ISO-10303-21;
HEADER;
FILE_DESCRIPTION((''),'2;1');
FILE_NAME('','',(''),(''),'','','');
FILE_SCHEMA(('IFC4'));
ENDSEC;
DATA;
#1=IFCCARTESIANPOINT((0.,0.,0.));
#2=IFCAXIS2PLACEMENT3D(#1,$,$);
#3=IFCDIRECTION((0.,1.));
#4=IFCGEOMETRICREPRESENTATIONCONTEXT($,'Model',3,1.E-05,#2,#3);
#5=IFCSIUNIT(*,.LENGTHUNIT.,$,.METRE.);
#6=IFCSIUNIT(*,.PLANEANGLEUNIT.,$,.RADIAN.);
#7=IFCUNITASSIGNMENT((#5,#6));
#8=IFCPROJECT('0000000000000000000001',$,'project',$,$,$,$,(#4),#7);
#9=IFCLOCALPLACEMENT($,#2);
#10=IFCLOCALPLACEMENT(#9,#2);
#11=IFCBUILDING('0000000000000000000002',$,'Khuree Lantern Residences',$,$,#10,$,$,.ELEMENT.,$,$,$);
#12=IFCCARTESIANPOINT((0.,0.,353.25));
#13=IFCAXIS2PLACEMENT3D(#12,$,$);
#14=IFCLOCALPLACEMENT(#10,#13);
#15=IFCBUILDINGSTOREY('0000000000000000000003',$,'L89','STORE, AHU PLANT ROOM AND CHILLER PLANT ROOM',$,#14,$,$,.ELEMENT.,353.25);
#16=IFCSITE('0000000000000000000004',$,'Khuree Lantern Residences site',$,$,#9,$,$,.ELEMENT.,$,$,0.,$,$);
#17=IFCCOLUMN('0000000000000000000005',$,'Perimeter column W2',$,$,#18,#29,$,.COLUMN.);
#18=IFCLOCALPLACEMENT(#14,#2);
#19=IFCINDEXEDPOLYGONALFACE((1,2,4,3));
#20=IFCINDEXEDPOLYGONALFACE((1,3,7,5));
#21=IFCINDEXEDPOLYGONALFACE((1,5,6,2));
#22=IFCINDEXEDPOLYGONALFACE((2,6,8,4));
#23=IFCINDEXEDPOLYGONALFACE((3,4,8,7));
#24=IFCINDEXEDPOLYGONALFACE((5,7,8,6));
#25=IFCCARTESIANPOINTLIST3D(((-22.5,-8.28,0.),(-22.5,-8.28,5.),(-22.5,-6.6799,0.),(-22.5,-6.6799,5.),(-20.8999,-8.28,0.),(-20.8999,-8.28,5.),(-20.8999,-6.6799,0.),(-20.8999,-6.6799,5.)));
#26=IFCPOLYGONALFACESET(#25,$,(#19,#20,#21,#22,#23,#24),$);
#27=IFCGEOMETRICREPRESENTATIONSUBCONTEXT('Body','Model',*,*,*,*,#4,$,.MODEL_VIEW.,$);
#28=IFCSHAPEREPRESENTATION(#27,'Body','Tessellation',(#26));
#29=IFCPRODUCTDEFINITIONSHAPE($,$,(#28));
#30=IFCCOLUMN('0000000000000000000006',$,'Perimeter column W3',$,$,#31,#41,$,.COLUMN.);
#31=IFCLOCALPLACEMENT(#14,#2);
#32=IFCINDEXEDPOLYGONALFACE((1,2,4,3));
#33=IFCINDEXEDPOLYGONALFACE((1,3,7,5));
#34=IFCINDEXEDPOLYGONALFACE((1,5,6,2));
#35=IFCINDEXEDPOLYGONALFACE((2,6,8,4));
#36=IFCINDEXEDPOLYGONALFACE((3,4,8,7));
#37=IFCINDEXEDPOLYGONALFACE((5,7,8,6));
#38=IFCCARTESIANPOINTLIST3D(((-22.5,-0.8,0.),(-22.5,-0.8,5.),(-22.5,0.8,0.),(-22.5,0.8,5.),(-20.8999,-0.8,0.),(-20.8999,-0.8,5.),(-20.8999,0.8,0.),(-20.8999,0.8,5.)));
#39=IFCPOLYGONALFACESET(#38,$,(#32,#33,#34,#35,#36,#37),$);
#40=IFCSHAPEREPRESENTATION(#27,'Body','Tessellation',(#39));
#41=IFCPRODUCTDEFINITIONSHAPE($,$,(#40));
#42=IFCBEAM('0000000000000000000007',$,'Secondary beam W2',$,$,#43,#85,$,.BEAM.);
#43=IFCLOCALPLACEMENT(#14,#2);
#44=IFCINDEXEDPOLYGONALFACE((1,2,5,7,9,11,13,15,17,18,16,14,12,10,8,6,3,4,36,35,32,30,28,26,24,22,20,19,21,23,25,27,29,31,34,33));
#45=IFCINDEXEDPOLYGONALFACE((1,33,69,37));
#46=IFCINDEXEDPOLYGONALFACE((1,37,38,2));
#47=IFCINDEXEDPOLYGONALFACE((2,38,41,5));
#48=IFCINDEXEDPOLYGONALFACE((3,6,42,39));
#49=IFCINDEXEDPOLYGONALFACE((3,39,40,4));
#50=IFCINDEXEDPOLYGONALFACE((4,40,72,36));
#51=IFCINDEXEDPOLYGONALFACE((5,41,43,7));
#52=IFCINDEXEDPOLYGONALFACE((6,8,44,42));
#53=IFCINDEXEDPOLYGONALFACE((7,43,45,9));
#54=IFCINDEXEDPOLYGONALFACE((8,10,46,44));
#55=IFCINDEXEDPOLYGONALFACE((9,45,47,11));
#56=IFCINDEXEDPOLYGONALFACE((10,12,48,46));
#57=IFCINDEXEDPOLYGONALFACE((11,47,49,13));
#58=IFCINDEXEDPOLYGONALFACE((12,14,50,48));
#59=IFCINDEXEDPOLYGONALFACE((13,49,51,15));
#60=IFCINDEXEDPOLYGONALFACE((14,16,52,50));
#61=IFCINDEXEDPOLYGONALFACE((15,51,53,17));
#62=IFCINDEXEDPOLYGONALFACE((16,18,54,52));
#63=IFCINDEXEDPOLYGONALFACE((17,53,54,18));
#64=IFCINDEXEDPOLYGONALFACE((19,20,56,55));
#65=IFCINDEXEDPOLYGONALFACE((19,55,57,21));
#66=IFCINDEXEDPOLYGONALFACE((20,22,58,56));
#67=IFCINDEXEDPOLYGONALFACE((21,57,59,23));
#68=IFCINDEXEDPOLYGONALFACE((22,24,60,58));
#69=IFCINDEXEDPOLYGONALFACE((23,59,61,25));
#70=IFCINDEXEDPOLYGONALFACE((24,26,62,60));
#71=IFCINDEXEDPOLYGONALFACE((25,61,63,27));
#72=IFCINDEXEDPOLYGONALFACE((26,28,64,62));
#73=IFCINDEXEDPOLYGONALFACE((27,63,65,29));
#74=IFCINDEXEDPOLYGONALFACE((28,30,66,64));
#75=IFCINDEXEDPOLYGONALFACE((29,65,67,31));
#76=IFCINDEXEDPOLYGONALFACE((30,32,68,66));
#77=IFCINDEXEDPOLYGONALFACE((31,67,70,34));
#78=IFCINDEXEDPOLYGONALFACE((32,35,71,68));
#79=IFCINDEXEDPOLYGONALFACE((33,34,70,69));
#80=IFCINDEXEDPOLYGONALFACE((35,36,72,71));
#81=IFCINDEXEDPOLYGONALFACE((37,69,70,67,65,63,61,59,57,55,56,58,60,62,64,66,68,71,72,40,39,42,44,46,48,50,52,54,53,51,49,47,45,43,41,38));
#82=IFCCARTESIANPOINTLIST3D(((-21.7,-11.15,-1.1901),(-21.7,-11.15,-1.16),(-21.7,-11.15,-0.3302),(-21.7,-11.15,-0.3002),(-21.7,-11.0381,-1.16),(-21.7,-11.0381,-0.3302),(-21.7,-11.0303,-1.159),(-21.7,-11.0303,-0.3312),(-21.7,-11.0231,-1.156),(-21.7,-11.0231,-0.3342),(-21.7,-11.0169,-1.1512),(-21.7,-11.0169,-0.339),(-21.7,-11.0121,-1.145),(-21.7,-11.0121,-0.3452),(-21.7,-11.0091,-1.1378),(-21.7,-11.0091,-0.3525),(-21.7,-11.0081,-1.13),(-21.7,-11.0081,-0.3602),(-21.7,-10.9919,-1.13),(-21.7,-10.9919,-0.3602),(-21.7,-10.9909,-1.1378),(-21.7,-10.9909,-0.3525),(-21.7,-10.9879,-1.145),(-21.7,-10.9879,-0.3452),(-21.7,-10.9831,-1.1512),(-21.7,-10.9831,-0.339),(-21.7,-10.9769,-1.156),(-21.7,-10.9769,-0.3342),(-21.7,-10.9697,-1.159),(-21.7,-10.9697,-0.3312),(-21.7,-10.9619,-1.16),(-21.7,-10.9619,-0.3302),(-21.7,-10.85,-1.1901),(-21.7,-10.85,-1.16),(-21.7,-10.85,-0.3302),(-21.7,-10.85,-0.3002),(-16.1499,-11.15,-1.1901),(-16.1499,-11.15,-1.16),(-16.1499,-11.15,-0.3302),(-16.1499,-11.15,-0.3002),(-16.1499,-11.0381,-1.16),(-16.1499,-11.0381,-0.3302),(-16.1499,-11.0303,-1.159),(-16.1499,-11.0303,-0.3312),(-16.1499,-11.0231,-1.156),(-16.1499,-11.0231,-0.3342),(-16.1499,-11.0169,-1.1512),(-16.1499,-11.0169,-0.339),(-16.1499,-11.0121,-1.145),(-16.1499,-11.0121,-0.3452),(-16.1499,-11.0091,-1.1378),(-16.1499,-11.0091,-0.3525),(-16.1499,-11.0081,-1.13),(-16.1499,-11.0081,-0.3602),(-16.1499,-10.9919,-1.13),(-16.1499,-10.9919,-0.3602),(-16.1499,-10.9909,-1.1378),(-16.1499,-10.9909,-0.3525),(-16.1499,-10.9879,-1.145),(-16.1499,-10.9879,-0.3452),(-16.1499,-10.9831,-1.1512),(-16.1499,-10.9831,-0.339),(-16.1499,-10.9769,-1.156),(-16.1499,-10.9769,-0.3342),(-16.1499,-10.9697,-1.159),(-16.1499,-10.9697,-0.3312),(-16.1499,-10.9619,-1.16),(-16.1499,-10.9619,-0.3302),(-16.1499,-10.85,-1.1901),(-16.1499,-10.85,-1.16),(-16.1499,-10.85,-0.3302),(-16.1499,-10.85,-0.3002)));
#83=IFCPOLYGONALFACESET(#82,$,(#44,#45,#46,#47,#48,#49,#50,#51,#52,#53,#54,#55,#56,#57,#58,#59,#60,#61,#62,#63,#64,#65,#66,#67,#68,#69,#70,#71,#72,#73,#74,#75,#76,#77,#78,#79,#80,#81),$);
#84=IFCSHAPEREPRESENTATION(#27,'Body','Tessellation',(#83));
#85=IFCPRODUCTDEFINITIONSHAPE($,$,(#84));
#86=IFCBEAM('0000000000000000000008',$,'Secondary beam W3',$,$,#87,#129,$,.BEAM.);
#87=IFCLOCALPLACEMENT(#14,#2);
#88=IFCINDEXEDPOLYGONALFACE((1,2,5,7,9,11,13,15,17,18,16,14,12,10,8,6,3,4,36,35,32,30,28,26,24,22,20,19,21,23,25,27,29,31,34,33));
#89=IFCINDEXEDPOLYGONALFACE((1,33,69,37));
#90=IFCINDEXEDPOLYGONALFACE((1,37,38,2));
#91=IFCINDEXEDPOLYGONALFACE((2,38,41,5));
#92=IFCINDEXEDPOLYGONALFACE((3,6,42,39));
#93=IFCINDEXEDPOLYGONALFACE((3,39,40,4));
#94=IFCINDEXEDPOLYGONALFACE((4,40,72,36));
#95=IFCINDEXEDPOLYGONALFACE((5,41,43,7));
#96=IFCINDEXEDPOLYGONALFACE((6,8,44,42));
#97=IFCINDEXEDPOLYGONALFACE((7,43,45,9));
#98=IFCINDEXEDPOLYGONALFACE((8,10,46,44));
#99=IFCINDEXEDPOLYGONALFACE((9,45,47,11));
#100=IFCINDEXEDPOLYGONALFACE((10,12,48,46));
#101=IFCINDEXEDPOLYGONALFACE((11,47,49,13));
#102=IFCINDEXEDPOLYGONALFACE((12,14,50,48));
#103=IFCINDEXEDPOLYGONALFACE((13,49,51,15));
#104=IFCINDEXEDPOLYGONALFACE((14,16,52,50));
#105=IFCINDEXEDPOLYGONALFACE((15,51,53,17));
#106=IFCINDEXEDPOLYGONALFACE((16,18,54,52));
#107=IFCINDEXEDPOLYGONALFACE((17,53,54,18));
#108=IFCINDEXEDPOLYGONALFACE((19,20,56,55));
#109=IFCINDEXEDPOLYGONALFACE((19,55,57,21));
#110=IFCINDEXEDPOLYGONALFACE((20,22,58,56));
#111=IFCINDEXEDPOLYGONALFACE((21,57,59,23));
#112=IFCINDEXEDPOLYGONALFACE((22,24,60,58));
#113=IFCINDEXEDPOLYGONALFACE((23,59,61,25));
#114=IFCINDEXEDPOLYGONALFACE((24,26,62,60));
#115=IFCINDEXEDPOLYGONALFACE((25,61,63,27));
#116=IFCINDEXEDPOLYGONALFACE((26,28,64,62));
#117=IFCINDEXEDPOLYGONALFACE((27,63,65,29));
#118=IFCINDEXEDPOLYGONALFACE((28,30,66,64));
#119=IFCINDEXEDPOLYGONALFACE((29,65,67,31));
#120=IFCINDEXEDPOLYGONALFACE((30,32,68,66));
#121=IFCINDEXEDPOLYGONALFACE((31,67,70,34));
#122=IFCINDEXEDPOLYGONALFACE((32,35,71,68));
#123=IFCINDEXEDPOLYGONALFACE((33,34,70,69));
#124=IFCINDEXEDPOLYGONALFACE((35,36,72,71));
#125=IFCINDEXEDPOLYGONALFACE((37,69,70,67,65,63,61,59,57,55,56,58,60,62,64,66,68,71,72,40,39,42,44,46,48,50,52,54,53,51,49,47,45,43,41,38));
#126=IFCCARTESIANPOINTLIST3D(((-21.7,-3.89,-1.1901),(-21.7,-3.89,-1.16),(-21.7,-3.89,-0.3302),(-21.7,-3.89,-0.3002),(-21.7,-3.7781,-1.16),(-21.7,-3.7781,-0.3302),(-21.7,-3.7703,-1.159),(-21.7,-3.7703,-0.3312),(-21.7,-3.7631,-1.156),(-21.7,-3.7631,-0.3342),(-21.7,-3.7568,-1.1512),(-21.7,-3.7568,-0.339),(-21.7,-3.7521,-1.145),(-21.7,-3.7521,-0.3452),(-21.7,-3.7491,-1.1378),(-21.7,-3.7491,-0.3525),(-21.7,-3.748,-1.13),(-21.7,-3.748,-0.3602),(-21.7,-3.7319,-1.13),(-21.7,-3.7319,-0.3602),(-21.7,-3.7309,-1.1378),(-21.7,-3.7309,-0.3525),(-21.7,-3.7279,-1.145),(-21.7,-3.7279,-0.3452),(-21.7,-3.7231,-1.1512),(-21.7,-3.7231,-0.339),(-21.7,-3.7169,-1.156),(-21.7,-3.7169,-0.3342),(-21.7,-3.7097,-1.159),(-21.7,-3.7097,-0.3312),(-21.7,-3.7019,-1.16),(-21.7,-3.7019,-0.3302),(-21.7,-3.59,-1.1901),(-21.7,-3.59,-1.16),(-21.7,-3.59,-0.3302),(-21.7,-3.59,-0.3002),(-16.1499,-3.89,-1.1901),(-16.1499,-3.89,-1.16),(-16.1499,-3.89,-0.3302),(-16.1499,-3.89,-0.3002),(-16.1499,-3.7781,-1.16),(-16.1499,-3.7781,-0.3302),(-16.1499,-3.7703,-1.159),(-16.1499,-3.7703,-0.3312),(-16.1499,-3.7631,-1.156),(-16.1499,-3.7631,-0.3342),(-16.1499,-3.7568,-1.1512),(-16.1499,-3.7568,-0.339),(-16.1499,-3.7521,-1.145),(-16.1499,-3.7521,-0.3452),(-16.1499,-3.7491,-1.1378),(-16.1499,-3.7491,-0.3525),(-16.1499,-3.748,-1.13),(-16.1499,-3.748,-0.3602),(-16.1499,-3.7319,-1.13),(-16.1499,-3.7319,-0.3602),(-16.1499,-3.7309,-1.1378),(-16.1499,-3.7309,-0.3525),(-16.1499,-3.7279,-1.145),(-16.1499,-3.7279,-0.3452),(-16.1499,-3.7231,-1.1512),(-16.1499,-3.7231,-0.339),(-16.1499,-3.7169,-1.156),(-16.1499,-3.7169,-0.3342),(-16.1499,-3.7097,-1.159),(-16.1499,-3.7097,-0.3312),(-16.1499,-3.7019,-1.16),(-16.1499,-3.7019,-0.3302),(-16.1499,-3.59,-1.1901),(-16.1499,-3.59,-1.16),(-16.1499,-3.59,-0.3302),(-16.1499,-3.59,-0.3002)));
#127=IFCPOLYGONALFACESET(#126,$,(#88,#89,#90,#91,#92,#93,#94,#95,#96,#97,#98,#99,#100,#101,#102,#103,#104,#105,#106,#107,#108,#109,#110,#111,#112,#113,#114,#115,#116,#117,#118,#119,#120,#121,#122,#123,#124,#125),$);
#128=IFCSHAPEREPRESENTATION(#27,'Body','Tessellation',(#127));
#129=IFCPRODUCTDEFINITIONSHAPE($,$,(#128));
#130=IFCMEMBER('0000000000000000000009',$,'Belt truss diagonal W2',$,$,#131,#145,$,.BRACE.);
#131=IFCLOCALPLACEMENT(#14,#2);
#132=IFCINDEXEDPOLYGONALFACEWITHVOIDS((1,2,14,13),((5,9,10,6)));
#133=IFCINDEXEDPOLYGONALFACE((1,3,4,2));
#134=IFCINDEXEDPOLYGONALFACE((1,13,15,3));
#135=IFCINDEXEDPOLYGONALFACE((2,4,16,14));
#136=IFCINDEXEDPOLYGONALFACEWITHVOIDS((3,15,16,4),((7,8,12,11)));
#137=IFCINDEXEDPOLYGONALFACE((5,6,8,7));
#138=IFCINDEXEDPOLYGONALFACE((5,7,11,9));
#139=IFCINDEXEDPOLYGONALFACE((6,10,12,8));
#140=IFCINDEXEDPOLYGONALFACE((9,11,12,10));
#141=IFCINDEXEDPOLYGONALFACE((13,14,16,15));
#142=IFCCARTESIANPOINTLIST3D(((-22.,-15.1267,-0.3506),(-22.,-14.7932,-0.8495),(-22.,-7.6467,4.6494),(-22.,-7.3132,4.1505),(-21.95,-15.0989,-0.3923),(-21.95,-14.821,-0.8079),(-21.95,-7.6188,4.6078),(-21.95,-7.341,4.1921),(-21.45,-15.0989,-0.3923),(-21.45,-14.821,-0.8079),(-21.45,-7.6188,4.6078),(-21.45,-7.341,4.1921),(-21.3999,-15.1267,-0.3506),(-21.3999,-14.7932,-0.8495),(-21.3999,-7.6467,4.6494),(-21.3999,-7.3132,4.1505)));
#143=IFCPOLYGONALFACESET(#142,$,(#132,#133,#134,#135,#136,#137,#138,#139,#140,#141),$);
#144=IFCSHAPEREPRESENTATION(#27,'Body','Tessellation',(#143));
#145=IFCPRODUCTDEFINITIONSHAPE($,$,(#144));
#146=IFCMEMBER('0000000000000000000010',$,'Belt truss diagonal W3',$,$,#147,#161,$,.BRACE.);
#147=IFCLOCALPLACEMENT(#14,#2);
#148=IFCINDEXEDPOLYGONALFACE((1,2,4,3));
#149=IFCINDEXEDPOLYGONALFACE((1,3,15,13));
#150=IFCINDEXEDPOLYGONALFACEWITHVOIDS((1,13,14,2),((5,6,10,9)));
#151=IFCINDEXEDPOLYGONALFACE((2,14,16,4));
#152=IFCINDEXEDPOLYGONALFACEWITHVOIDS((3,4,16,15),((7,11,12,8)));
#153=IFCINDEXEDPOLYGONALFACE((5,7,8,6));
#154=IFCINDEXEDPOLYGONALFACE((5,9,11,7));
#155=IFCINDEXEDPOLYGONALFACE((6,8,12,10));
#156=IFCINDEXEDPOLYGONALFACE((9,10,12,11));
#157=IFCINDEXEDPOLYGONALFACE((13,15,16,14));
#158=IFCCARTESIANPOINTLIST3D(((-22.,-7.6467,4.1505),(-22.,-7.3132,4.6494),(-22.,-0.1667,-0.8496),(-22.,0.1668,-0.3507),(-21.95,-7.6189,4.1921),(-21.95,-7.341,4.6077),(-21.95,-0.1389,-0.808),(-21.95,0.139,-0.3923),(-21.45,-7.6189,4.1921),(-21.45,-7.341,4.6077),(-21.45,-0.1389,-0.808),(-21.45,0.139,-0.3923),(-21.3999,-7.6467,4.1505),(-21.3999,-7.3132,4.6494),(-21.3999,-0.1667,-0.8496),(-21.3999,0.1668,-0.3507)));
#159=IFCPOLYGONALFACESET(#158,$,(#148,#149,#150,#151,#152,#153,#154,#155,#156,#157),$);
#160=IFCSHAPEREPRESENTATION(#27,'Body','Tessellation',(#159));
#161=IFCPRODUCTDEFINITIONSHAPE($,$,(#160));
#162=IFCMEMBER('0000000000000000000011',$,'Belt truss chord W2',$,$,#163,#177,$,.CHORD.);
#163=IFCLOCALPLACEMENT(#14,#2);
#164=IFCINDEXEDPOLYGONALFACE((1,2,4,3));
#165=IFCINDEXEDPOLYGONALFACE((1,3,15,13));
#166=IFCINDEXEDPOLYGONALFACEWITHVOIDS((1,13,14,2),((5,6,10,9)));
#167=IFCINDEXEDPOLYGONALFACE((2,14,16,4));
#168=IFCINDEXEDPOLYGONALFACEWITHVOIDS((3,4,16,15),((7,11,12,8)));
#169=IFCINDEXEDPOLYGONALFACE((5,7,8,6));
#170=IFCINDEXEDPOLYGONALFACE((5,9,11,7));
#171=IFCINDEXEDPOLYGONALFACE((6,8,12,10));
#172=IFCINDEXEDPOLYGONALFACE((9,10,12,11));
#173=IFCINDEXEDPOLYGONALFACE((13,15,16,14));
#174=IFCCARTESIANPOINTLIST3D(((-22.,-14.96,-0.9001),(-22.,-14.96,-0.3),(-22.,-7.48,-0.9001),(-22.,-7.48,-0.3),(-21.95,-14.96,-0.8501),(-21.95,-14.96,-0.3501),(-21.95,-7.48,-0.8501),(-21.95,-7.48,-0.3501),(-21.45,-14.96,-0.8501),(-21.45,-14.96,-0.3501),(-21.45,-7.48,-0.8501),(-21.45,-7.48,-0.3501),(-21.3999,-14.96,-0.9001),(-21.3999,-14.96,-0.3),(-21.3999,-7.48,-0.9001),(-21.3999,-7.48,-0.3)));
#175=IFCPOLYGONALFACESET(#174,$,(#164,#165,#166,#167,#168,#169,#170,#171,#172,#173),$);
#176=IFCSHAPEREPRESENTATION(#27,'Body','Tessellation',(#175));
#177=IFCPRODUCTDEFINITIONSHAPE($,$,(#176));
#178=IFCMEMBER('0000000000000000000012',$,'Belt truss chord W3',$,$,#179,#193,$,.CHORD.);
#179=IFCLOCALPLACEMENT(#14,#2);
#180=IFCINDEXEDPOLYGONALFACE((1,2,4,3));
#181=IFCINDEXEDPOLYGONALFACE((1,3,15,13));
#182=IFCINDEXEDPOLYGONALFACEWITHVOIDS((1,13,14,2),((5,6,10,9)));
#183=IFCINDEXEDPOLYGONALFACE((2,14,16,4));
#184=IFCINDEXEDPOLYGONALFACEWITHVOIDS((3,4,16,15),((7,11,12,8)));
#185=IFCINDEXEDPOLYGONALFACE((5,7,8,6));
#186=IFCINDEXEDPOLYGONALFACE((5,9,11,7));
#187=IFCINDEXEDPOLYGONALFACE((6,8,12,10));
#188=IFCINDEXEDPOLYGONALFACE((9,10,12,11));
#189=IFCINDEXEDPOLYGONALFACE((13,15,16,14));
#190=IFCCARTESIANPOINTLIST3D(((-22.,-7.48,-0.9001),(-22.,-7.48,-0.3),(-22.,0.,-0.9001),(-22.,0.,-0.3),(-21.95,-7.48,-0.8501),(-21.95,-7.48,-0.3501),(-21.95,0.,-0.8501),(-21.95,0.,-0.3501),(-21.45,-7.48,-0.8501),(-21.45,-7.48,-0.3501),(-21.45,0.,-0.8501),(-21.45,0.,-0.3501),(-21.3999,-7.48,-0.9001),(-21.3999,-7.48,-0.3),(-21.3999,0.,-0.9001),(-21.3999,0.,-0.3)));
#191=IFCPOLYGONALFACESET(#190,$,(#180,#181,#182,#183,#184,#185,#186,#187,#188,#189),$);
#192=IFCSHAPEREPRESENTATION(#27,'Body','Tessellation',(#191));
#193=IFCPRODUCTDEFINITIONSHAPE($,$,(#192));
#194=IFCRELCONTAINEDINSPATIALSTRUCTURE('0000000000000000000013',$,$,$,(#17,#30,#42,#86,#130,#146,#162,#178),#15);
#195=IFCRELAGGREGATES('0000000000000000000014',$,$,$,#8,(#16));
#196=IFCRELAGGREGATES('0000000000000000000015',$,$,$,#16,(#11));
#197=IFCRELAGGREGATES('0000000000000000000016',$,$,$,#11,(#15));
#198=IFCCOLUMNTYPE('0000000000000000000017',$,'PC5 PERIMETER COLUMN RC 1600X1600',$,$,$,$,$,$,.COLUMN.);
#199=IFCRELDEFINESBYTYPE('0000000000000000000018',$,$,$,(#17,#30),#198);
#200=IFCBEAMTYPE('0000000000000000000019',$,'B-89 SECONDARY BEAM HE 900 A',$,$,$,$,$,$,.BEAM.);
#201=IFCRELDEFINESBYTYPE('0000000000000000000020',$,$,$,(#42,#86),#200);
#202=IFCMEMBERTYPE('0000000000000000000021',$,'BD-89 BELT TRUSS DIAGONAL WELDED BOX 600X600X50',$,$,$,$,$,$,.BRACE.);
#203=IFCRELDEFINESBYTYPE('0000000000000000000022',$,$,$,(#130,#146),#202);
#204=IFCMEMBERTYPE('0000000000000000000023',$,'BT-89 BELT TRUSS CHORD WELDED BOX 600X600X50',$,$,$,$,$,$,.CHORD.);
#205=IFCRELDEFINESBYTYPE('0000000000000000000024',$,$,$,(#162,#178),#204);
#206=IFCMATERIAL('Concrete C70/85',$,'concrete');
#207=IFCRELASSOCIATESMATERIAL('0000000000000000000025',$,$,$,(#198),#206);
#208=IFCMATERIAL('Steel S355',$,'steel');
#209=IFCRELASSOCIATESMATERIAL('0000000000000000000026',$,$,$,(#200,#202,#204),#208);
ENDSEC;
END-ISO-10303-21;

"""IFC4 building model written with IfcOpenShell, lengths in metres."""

from ifc_helpers import new_model, si_unit, direction, frame, origin, origin_2d, place, context, subcontext, project, spatial, rectangle, hollow_rectangle, i_section, extrude, material, material_profile, profile_set, type_object, element, save


model = new_model("IFC4")

# Units and contexts
model_context = context("Model", 3, precision=1e-05, world=origin(), true_north=direction((0.0, 1.0)))
body_context = subcontext(model_context, "Body", "Model", "MODEL_VIEW")
ifc_project = project(units=[si_unit("LENGTHUNIT", "METRE"), si_unit("PLANEANGLEUNIT", "RADIAN")], contexts=[model_context])

# Site, building, storey
site_placement = place(None, origin())
site = spatial("IfcSite", under=ifc_project, at=site_placement, Name="Khuree Lantern Residences site", CompositionType="ELEMENT", RefElevation=0.0)
building_placement = place(site_placement, origin())
building = spatial("IfcBuilding", under=site, at=building_placement, Name="Khuree Lantern Residences", CompositionType="ELEMENT")
storey_placement = place(building_placement, frame((0.0, 0.0, 353.25)))
storey = spatial("IfcBuildingStorey", under=building, at=storey_placement, Name="L89", Description="STORE, AHU PLANT ROOM AND CHILLER PLANT ROOM", CompositionType="ELEMENT", Elevation=353.25)

# Columns
ifc_material_1 = material(Name="Concrete C70/85", Category="concrete")
ifc_material_profile_1 = material_profile(ifc_material_1, rectangle(XDim=1.6001, YDim=1.6001, at=origin_2d()), Name="RC 1600X1600")
ifc_profile_set_1 = profile_set([ifc_material_profile_1], Name="Concrete C70/85")
column_type = type_object("IfcColumnType", Name="PC5 PERIMETER COLUMN RC 1600X1600", PredefinedType="COLUMN", material=ifc_profile_set_1)
for number, where, z_axis, x_axis, name in (
    (1, (-21.7, -7.48, 0.0), (0.0, 0.0, 1.0), (0.0, 1.0, 0.0), "Perimeter column W2"),
    (2, (-21.7, 0.0, 0.0), (0.0, 0.0, 1.0), (0.0, 1.0, 0.0), "Perimeter column W3"),
):
    element("IfcColumn", number, at=place(storey_placement, frame(where, z_axis=z_axis, x_axis=x_axis)), inside=storey, type_object=column_type, Name=name, PredefinedType="COLUMN", context=body_context, shape_type="SweptSolid", body=[
        extrude(rectangle(XDim=1.6001, YDim=1.6001, at=origin_2d()), origin(), (0.0, 0.0, 1.0), 5.0),
    ])

# Beams
ifc_material_2 = material(Name="Steel S355", Category="steel")
ifc_material_profile_2 = material_profile(ifc_material_2, i_section(OverallWidth=0.3, OverallDepth=0.8899, WebThickness=0.0161, FlangeThickness=0.03, FilletRadius=0.03, at=origin_2d()), Name="HE 900 A")
ifc_profile_set_2 = profile_set([ifc_material_profile_2], Name="Steel S355")
beam_type_1 = type_object("IfcBeamType", Name="B-89 SECONDARY BEAM HE 900 A", PredefinedType="BEAM", material=ifc_profile_set_2)
for number, where, z_axis, x_axis, name in (
    (3, (-21.7, -11.0, -0.7451), (1.0, 0.0, 0.0), (0.0, 1.0, 0.0), "Secondary beam W2"),
    (4, (-21.7, -3.74, -0.7451), (1.0, 0.0, 0.0), (0.0, 1.0, 0.0), "Secondary beam W3"),
):
    element("IfcBeam", number, at=place(storey_placement, frame(where, z_axis=z_axis, x_axis=x_axis)), inside=storey, type_object=beam_type_1, Name=name, PredefinedType="BEAM", context=body_context, shape_type="SweptSolid", body=[
        extrude(i_section(OverallWidth=0.3, OverallDepth=0.8899, WebThickness=0.0161, FlangeThickness=0.03, FilletRadius=0.03, at=origin_2d()), origin(), (0.0, 0.0, 1.0), 5.55),
    ])

# Members
ifc_material_profile_3 = material_profile(ifc_material_2, hollow_rectangle(XDim=0.6001, YDim=0.6001, WallThickness=0.05, at=origin_2d()), Name="WELDED BOX 600X600X50")
ifc_profile_set_3 = profile_set([ifc_material_profile_3], Name="Steel S355")
member_type_1 = type_object("IfcMemberType", Name="BD-89 BELT TRUSS DIAGONAL WELDED BOX 600X600X50", PredefinedType="BRACE", material=ifc_profile_set_3)
for number, where, z_axis, x_axis, name in (
    (5, (-21.7, -14.96, -0.6001), (0.0, 0.831365, 0.555727), (-1.0, 0.0, 0.0), "Belt truss diagonal W2"),
    (6, (-21.7, -7.48, 4.3999), (0.0, 0.831365, -0.555727), (-1.0, 0.0, 0.0), "Belt truss diagonal W3"),
):
    element("IfcMember", number, at=place(storey_placement, frame(where, z_axis=z_axis, x_axis=x_axis)), inside=storey, type_object=member_type_1, Name=name, PredefinedType="BRACE", context=body_context, shape_type="SweptSolid", body=[
        extrude(hollow_rectangle(XDim=0.6001, YDim=0.6001, WallThickness=0.05, at=origin_2d()), origin(), (0.0, 0.0, 1.0), 8.9973),
    ])
ifc_material_profile_4 = material_profile(ifc_material_2, hollow_rectangle(XDim=0.6001, YDim=0.6001, WallThickness=0.05, at=origin_2d()), Name="WELDED BOX 600X600X50")
ifc_profile_set_4 = profile_set([ifc_material_profile_4], Name="Steel S355")
member_type_2 = type_object("IfcMemberType", Name="BT-89 BELT TRUSS CHORD WELDED BOX 600X600X50", PredefinedType="CHORD", material=ifc_profile_set_4)
for number, where, z_axis, x_axis, name in (
    (7, (-21.7, -14.96, -0.6001), (0.0, 1.0, 0.0), (-1.0, 0.0, 0.0), "Belt truss chord W2"),
    (8, (-21.7, -7.48, -0.6001), (0.0, 1.0, 0.0), (-1.0, 0.0, 0.0), "Belt truss chord W3"),
):
    element("IfcMember", number, at=place(storey_placement, frame(where, z_axis=z_axis, x_axis=x_axis)), inside=storey, type_object=member_type_2, Name=name, PredefinedType="CHORD", context=body_context, shape_type="SweptSolid", body=[
        extrude(hollow_rectangle(XDim=0.6001, YDim=0.6001, WallThickness=0.05, at=origin_2d()), origin(), (0.0, 0.0, 1.0), 7.48),
    ])

save(model, "model.ifc")
